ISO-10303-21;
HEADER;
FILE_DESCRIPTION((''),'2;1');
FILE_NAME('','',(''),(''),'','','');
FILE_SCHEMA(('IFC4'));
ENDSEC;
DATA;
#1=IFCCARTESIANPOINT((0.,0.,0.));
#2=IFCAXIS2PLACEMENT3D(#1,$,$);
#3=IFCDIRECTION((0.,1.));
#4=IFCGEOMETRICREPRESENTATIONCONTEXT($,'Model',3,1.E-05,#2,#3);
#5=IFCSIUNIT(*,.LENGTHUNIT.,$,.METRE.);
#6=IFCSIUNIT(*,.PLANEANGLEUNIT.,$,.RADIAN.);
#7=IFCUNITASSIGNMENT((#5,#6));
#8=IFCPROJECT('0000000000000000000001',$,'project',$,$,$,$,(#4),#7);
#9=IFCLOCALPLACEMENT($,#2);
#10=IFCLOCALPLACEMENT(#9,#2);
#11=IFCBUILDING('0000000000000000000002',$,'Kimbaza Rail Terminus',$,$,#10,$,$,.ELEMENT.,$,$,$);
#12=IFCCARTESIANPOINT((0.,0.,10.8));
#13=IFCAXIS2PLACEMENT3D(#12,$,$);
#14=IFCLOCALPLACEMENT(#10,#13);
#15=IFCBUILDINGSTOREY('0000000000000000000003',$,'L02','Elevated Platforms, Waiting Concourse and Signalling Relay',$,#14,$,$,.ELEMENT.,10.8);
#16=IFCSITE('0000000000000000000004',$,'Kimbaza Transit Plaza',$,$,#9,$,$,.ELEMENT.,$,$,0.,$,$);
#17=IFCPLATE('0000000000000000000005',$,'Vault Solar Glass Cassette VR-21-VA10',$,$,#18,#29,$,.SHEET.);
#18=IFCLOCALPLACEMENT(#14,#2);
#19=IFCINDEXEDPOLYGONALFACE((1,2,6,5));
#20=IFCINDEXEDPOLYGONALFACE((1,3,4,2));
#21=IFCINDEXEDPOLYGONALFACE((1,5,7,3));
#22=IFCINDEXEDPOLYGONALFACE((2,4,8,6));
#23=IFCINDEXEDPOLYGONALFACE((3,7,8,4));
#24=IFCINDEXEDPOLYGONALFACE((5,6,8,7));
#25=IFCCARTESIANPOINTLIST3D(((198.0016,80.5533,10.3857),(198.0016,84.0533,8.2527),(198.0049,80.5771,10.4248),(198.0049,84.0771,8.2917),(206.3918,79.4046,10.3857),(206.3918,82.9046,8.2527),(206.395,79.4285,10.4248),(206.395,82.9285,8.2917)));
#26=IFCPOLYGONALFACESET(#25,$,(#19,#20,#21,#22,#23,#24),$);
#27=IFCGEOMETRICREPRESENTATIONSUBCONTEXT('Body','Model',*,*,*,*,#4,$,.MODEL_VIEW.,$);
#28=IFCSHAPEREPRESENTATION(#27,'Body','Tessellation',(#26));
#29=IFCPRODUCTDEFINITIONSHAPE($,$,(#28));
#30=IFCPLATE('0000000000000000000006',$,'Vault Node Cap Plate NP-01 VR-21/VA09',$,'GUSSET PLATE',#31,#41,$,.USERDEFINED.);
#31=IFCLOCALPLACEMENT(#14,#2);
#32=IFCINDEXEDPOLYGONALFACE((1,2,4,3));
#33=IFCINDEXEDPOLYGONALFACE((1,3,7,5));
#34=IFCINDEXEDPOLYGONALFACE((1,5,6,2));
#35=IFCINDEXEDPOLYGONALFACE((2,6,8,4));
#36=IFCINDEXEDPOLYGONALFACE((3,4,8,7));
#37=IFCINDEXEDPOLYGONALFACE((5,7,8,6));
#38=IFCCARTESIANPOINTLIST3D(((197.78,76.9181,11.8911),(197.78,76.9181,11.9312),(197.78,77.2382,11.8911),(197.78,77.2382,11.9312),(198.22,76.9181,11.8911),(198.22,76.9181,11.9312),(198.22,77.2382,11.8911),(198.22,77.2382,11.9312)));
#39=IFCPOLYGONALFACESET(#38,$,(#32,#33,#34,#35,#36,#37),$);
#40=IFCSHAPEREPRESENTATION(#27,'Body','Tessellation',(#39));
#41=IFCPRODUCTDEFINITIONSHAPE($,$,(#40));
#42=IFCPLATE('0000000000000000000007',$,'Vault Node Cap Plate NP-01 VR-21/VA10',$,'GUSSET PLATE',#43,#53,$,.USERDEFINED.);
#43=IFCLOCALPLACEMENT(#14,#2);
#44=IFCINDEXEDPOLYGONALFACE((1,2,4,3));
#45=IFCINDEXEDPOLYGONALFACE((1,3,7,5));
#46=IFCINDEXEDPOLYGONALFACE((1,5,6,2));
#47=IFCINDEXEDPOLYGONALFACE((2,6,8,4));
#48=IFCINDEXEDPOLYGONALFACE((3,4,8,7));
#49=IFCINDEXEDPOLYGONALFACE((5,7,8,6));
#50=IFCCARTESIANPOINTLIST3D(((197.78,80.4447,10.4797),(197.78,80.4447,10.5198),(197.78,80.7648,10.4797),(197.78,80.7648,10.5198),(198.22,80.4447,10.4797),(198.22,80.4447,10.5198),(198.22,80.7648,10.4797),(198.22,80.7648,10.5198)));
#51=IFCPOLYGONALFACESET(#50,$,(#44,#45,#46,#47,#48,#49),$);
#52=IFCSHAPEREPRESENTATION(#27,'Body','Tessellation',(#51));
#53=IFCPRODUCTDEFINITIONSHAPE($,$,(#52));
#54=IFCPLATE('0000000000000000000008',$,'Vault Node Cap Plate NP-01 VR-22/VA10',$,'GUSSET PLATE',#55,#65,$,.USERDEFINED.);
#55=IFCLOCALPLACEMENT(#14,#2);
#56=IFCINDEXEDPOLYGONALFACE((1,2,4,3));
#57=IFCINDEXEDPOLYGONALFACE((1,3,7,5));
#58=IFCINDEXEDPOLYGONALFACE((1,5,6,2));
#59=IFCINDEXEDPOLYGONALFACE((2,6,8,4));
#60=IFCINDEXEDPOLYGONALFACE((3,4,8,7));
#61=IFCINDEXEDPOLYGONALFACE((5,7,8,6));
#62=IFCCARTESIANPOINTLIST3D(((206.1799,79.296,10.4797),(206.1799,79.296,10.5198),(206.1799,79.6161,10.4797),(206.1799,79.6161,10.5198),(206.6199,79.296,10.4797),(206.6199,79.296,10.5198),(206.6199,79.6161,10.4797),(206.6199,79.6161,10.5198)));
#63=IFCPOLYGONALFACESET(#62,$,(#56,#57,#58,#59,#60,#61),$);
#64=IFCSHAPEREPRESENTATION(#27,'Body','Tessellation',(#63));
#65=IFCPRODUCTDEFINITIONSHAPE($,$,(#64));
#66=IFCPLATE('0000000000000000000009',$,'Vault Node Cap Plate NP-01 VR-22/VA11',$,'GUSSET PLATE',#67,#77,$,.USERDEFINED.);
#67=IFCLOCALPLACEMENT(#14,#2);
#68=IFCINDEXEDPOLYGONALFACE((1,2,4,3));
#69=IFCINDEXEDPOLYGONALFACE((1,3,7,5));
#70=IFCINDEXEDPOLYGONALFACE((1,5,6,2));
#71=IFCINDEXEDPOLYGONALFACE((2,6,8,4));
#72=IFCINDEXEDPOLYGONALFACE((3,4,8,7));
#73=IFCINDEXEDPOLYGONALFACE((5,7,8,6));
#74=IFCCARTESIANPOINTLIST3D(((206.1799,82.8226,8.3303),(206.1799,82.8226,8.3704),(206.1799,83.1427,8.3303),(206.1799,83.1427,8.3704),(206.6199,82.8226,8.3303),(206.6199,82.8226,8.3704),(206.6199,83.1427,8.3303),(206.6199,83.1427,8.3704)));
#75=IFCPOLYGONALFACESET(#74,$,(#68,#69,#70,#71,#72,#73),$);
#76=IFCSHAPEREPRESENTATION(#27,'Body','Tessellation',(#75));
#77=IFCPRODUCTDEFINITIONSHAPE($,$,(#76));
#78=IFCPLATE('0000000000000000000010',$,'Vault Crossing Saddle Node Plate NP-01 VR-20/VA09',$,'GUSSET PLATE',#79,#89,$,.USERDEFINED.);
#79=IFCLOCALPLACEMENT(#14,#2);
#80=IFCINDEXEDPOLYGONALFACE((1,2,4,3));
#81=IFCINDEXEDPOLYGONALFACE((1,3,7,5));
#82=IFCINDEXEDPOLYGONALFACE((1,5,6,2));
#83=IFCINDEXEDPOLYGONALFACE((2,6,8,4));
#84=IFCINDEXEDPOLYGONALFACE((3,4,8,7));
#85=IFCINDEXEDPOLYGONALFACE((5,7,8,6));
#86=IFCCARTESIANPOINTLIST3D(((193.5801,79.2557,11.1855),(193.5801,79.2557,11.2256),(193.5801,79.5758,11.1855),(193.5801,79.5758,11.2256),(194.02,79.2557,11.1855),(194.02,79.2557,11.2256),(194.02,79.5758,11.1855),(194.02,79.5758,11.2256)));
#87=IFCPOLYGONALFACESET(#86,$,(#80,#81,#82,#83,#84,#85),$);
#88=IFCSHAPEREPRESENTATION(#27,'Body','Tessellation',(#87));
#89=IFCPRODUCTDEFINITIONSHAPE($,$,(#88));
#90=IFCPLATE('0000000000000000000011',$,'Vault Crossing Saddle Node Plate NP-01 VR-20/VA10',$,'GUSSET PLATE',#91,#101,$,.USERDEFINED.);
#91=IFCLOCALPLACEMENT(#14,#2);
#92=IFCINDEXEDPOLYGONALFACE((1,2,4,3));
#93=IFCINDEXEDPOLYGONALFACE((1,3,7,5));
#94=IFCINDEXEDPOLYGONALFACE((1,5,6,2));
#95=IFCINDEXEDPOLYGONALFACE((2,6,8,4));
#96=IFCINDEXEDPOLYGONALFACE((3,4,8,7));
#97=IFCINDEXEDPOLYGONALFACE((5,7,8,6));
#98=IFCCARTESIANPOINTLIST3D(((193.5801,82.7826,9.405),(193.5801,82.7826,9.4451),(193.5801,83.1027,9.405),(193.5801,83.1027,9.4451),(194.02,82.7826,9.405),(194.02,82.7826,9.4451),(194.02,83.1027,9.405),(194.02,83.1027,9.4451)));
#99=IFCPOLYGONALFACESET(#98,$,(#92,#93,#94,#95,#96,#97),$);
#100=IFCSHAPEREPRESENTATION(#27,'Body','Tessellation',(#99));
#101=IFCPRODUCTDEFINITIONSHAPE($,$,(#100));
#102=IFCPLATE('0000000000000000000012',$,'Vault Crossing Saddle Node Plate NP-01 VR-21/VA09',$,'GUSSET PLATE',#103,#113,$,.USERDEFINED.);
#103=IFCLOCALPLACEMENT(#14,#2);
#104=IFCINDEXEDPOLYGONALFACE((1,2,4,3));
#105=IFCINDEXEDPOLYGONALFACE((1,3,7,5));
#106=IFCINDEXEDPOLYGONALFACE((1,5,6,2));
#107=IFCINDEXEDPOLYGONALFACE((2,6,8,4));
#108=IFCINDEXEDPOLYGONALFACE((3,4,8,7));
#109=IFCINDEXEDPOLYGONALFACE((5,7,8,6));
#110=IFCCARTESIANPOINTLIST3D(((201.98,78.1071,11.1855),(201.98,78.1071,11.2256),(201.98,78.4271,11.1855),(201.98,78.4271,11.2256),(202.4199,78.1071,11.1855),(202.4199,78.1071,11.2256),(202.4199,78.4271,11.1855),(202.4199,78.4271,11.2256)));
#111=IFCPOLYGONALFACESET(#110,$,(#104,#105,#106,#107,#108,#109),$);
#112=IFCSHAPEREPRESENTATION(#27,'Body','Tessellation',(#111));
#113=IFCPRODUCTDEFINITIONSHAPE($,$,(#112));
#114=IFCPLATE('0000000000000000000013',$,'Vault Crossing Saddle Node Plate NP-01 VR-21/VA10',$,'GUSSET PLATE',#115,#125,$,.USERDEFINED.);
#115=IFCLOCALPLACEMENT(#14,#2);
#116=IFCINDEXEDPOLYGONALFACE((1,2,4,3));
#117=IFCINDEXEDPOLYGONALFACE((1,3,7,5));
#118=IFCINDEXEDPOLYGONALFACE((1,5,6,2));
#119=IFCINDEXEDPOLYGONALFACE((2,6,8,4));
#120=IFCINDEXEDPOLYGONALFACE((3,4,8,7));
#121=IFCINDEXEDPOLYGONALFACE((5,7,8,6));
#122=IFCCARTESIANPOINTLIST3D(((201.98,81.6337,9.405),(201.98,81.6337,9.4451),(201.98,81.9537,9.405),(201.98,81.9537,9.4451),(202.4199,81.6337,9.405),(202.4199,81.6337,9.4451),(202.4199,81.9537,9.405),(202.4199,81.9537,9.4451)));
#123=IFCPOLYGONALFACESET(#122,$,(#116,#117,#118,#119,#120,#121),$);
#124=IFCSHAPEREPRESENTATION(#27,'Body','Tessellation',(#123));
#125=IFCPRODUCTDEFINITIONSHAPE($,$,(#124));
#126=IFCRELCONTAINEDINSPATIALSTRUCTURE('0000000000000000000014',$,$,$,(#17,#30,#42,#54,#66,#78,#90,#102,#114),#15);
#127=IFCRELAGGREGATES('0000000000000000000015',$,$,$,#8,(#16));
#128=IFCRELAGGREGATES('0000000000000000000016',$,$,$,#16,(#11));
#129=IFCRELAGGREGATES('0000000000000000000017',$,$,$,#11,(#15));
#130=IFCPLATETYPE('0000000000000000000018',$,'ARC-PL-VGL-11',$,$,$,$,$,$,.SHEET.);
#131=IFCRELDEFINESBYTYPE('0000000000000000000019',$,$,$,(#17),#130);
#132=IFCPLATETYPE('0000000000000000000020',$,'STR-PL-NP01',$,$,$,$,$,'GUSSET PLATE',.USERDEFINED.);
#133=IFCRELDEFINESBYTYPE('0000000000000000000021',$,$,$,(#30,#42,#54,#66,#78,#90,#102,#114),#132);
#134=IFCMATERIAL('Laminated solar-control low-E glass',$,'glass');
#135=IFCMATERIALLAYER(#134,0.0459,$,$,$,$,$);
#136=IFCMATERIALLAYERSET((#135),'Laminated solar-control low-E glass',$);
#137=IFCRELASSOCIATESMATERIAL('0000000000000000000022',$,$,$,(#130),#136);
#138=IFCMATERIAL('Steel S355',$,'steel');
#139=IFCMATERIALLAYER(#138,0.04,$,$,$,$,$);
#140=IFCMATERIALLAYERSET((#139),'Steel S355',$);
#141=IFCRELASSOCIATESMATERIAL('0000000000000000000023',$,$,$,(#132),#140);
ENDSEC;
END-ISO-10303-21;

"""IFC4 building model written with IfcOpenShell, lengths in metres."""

from ifc_helpers import new_model, si_unit, direction, frame, origin, origin_2d, place, context, subcontext, project, spatial, polyline, rectangle, outline, extrude, material, layer, layer_set, type_object, element, save


model = new_model("IFC4")

# Units and contexts
model_context = context("Model", 3, precision=1e-05, world=origin(), true_north=direction((0.0, 1.0)))
body_context = subcontext(model_context, "Body", "Model", "MODEL_VIEW")
ifc_project = project(units=[si_unit("LENGTHUNIT", "METRE"), si_unit("PLANEANGLEUNIT", "RADIAN")], contexts=[model_context])

# Site, building, storey
site_placement = place(None, origin())
site = spatial("IfcSite", under=ifc_project, at=site_placement, Name="Kimbaza Transit Plaza", CompositionType="ELEMENT", RefElevation=0.0)
building_placement = place(site_placement, origin())
building = spatial("IfcBuilding", under=site, at=building_placement, Name="Kimbaza Rail Terminus", CompositionType="ELEMENT")
storey_placement = place(building_placement, frame((0.0, 0.0, 10.8)))
storey = spatial("IfcBuildingStorey", under=building, at=storey_placement, Name="L02", Description="Elevated Platforms, Waiting Concourse and Signalling Relay", CompositionType="ELEMENT", Elevation=10.8)

# Plates
ifc_material_1 = material(Name="Laminated solar-control low-E glass", Category="glass")
ifc_layer_1 = layer(ifc_material_1, 0.0459)
ifc_layer_set_1 = layer_set([ifc_layer_1], Name="Laminated solar-control low-E glass")
plate_type_1 = type_object("IfcPlateType", Name="ARC-PL-VGL-11", PredefinedType="SHEET", material=ifc_layer_set_1)
plate_1_placement = place(storey_placement, frame((198.0049, 80.5771, 10.4248), z_axis=(0.071069, 0.519098, 0.851755), x_axis=(0.990758, -0.135643, 0.0)))
element("IfcPlate", 1, at=plate_1_placement, inside=storey, type_object=plate_type_1, Name="Vault Solar Glass Cassette VR-21-VA10", PredefinedType="SHEET", context=body_context, shape_type="SweptSolid", body=[
    extrude(outline(polyline([(0.0, 0.0), (8.4684, 0.0), (7.9937, 4.0712), (-0.4748, 4.0712), (0.0, 0.0)])), origin(), (0.0, 0.0, -1.0), 0.0459),
])
ifc_material_2 = material(Name="Steel S355", Category="steel")
ifc_layer_2 = layer(ifc_material_2, 0.04)
ifc_layer_set_2 = layer_set([ifc_layer_2], Name="Steel S355")
plate_type_2 = type_object("IfcPlateType", Name="STR-PL-NP01", ElementType="GUSSET PLATE", PredefinedType="USERDEFINED", material=ifc_layer_set_2)
for number, where, z_axis, x_axis, name in (
    (2, (198.0, 77.0781, 11.8911), (0.0, 0.0, 1.0), (1.0, 0.0, 0.0), "Vault Node Cap Plate NP-01 VR-21/VA09"),
    (3, (198.0, 80.6047, 10.4797), (0.0, 0.0, 1.0), (1.0, 0.0, 0.0), "Vault Node Cap Plate NP-01 VR-21/VA10"),
    (4, (206.3999, 79.4561, 10.4797), (0.0, 0.0, 1.0), (1.0, 0.0, 0.0), "Vault Node Cap Plate NP-01 VR-22/VA10"),
    (5, (206.3999, 82.9827, 8.3303), (0.0, 0.0, 1.0), (1.0, 0.0, 0.0), "Vault Node Cap Plate NP-01 VR-22/VA11"),
    (6, (193.8, 79.4158, 11.1855), (0.0, 0.0, 1.0), (1.0, 0.0, 0.0), "Vault Crossing Saddle Node Plate NP-01 VR-20/VA09"),
    (7, (193.8, 82.9426, 9.405), (0.0, 0.0, 1.0), (1.0, 0.0, 0.0), "Vault Crossing Saddle Node Plate NP-01 VR-20/VA10"),
    (8, (202.2, 78.2671, 11.1855), (0.0, 0.0, 1.0), (1.0, 0.0, 0.0), "Vault Crossing Saddle Node Plate NP-01 VR-21/VA09"),
    (9, (202.2, 81.7937, 9.405), (0.0, 0.0, 1.0), (1.0, 0.0, 0.0), "Vault Crossing Saddle Node Plate NP-01 VR-21/VA10"),
):
    element("IfcPlate", number, at=place(storey_placement, frame(where, z_axis=z_axis, x_axis=x_axis)), inside=storey, type_object=plate_type_2, Name=name, ObjectType="GUSSET PLATE", PredefinedType="USERDEFINED", context=body_context, shape_type="SweptSolid", body=[
        extrude(rectangle(XDim=0.4399, YDim=0.3201, at=origin_2d()), origin(), (0.0, 0.0, 1.0), 0.04),
    ])

save(model, "model.ifc")
